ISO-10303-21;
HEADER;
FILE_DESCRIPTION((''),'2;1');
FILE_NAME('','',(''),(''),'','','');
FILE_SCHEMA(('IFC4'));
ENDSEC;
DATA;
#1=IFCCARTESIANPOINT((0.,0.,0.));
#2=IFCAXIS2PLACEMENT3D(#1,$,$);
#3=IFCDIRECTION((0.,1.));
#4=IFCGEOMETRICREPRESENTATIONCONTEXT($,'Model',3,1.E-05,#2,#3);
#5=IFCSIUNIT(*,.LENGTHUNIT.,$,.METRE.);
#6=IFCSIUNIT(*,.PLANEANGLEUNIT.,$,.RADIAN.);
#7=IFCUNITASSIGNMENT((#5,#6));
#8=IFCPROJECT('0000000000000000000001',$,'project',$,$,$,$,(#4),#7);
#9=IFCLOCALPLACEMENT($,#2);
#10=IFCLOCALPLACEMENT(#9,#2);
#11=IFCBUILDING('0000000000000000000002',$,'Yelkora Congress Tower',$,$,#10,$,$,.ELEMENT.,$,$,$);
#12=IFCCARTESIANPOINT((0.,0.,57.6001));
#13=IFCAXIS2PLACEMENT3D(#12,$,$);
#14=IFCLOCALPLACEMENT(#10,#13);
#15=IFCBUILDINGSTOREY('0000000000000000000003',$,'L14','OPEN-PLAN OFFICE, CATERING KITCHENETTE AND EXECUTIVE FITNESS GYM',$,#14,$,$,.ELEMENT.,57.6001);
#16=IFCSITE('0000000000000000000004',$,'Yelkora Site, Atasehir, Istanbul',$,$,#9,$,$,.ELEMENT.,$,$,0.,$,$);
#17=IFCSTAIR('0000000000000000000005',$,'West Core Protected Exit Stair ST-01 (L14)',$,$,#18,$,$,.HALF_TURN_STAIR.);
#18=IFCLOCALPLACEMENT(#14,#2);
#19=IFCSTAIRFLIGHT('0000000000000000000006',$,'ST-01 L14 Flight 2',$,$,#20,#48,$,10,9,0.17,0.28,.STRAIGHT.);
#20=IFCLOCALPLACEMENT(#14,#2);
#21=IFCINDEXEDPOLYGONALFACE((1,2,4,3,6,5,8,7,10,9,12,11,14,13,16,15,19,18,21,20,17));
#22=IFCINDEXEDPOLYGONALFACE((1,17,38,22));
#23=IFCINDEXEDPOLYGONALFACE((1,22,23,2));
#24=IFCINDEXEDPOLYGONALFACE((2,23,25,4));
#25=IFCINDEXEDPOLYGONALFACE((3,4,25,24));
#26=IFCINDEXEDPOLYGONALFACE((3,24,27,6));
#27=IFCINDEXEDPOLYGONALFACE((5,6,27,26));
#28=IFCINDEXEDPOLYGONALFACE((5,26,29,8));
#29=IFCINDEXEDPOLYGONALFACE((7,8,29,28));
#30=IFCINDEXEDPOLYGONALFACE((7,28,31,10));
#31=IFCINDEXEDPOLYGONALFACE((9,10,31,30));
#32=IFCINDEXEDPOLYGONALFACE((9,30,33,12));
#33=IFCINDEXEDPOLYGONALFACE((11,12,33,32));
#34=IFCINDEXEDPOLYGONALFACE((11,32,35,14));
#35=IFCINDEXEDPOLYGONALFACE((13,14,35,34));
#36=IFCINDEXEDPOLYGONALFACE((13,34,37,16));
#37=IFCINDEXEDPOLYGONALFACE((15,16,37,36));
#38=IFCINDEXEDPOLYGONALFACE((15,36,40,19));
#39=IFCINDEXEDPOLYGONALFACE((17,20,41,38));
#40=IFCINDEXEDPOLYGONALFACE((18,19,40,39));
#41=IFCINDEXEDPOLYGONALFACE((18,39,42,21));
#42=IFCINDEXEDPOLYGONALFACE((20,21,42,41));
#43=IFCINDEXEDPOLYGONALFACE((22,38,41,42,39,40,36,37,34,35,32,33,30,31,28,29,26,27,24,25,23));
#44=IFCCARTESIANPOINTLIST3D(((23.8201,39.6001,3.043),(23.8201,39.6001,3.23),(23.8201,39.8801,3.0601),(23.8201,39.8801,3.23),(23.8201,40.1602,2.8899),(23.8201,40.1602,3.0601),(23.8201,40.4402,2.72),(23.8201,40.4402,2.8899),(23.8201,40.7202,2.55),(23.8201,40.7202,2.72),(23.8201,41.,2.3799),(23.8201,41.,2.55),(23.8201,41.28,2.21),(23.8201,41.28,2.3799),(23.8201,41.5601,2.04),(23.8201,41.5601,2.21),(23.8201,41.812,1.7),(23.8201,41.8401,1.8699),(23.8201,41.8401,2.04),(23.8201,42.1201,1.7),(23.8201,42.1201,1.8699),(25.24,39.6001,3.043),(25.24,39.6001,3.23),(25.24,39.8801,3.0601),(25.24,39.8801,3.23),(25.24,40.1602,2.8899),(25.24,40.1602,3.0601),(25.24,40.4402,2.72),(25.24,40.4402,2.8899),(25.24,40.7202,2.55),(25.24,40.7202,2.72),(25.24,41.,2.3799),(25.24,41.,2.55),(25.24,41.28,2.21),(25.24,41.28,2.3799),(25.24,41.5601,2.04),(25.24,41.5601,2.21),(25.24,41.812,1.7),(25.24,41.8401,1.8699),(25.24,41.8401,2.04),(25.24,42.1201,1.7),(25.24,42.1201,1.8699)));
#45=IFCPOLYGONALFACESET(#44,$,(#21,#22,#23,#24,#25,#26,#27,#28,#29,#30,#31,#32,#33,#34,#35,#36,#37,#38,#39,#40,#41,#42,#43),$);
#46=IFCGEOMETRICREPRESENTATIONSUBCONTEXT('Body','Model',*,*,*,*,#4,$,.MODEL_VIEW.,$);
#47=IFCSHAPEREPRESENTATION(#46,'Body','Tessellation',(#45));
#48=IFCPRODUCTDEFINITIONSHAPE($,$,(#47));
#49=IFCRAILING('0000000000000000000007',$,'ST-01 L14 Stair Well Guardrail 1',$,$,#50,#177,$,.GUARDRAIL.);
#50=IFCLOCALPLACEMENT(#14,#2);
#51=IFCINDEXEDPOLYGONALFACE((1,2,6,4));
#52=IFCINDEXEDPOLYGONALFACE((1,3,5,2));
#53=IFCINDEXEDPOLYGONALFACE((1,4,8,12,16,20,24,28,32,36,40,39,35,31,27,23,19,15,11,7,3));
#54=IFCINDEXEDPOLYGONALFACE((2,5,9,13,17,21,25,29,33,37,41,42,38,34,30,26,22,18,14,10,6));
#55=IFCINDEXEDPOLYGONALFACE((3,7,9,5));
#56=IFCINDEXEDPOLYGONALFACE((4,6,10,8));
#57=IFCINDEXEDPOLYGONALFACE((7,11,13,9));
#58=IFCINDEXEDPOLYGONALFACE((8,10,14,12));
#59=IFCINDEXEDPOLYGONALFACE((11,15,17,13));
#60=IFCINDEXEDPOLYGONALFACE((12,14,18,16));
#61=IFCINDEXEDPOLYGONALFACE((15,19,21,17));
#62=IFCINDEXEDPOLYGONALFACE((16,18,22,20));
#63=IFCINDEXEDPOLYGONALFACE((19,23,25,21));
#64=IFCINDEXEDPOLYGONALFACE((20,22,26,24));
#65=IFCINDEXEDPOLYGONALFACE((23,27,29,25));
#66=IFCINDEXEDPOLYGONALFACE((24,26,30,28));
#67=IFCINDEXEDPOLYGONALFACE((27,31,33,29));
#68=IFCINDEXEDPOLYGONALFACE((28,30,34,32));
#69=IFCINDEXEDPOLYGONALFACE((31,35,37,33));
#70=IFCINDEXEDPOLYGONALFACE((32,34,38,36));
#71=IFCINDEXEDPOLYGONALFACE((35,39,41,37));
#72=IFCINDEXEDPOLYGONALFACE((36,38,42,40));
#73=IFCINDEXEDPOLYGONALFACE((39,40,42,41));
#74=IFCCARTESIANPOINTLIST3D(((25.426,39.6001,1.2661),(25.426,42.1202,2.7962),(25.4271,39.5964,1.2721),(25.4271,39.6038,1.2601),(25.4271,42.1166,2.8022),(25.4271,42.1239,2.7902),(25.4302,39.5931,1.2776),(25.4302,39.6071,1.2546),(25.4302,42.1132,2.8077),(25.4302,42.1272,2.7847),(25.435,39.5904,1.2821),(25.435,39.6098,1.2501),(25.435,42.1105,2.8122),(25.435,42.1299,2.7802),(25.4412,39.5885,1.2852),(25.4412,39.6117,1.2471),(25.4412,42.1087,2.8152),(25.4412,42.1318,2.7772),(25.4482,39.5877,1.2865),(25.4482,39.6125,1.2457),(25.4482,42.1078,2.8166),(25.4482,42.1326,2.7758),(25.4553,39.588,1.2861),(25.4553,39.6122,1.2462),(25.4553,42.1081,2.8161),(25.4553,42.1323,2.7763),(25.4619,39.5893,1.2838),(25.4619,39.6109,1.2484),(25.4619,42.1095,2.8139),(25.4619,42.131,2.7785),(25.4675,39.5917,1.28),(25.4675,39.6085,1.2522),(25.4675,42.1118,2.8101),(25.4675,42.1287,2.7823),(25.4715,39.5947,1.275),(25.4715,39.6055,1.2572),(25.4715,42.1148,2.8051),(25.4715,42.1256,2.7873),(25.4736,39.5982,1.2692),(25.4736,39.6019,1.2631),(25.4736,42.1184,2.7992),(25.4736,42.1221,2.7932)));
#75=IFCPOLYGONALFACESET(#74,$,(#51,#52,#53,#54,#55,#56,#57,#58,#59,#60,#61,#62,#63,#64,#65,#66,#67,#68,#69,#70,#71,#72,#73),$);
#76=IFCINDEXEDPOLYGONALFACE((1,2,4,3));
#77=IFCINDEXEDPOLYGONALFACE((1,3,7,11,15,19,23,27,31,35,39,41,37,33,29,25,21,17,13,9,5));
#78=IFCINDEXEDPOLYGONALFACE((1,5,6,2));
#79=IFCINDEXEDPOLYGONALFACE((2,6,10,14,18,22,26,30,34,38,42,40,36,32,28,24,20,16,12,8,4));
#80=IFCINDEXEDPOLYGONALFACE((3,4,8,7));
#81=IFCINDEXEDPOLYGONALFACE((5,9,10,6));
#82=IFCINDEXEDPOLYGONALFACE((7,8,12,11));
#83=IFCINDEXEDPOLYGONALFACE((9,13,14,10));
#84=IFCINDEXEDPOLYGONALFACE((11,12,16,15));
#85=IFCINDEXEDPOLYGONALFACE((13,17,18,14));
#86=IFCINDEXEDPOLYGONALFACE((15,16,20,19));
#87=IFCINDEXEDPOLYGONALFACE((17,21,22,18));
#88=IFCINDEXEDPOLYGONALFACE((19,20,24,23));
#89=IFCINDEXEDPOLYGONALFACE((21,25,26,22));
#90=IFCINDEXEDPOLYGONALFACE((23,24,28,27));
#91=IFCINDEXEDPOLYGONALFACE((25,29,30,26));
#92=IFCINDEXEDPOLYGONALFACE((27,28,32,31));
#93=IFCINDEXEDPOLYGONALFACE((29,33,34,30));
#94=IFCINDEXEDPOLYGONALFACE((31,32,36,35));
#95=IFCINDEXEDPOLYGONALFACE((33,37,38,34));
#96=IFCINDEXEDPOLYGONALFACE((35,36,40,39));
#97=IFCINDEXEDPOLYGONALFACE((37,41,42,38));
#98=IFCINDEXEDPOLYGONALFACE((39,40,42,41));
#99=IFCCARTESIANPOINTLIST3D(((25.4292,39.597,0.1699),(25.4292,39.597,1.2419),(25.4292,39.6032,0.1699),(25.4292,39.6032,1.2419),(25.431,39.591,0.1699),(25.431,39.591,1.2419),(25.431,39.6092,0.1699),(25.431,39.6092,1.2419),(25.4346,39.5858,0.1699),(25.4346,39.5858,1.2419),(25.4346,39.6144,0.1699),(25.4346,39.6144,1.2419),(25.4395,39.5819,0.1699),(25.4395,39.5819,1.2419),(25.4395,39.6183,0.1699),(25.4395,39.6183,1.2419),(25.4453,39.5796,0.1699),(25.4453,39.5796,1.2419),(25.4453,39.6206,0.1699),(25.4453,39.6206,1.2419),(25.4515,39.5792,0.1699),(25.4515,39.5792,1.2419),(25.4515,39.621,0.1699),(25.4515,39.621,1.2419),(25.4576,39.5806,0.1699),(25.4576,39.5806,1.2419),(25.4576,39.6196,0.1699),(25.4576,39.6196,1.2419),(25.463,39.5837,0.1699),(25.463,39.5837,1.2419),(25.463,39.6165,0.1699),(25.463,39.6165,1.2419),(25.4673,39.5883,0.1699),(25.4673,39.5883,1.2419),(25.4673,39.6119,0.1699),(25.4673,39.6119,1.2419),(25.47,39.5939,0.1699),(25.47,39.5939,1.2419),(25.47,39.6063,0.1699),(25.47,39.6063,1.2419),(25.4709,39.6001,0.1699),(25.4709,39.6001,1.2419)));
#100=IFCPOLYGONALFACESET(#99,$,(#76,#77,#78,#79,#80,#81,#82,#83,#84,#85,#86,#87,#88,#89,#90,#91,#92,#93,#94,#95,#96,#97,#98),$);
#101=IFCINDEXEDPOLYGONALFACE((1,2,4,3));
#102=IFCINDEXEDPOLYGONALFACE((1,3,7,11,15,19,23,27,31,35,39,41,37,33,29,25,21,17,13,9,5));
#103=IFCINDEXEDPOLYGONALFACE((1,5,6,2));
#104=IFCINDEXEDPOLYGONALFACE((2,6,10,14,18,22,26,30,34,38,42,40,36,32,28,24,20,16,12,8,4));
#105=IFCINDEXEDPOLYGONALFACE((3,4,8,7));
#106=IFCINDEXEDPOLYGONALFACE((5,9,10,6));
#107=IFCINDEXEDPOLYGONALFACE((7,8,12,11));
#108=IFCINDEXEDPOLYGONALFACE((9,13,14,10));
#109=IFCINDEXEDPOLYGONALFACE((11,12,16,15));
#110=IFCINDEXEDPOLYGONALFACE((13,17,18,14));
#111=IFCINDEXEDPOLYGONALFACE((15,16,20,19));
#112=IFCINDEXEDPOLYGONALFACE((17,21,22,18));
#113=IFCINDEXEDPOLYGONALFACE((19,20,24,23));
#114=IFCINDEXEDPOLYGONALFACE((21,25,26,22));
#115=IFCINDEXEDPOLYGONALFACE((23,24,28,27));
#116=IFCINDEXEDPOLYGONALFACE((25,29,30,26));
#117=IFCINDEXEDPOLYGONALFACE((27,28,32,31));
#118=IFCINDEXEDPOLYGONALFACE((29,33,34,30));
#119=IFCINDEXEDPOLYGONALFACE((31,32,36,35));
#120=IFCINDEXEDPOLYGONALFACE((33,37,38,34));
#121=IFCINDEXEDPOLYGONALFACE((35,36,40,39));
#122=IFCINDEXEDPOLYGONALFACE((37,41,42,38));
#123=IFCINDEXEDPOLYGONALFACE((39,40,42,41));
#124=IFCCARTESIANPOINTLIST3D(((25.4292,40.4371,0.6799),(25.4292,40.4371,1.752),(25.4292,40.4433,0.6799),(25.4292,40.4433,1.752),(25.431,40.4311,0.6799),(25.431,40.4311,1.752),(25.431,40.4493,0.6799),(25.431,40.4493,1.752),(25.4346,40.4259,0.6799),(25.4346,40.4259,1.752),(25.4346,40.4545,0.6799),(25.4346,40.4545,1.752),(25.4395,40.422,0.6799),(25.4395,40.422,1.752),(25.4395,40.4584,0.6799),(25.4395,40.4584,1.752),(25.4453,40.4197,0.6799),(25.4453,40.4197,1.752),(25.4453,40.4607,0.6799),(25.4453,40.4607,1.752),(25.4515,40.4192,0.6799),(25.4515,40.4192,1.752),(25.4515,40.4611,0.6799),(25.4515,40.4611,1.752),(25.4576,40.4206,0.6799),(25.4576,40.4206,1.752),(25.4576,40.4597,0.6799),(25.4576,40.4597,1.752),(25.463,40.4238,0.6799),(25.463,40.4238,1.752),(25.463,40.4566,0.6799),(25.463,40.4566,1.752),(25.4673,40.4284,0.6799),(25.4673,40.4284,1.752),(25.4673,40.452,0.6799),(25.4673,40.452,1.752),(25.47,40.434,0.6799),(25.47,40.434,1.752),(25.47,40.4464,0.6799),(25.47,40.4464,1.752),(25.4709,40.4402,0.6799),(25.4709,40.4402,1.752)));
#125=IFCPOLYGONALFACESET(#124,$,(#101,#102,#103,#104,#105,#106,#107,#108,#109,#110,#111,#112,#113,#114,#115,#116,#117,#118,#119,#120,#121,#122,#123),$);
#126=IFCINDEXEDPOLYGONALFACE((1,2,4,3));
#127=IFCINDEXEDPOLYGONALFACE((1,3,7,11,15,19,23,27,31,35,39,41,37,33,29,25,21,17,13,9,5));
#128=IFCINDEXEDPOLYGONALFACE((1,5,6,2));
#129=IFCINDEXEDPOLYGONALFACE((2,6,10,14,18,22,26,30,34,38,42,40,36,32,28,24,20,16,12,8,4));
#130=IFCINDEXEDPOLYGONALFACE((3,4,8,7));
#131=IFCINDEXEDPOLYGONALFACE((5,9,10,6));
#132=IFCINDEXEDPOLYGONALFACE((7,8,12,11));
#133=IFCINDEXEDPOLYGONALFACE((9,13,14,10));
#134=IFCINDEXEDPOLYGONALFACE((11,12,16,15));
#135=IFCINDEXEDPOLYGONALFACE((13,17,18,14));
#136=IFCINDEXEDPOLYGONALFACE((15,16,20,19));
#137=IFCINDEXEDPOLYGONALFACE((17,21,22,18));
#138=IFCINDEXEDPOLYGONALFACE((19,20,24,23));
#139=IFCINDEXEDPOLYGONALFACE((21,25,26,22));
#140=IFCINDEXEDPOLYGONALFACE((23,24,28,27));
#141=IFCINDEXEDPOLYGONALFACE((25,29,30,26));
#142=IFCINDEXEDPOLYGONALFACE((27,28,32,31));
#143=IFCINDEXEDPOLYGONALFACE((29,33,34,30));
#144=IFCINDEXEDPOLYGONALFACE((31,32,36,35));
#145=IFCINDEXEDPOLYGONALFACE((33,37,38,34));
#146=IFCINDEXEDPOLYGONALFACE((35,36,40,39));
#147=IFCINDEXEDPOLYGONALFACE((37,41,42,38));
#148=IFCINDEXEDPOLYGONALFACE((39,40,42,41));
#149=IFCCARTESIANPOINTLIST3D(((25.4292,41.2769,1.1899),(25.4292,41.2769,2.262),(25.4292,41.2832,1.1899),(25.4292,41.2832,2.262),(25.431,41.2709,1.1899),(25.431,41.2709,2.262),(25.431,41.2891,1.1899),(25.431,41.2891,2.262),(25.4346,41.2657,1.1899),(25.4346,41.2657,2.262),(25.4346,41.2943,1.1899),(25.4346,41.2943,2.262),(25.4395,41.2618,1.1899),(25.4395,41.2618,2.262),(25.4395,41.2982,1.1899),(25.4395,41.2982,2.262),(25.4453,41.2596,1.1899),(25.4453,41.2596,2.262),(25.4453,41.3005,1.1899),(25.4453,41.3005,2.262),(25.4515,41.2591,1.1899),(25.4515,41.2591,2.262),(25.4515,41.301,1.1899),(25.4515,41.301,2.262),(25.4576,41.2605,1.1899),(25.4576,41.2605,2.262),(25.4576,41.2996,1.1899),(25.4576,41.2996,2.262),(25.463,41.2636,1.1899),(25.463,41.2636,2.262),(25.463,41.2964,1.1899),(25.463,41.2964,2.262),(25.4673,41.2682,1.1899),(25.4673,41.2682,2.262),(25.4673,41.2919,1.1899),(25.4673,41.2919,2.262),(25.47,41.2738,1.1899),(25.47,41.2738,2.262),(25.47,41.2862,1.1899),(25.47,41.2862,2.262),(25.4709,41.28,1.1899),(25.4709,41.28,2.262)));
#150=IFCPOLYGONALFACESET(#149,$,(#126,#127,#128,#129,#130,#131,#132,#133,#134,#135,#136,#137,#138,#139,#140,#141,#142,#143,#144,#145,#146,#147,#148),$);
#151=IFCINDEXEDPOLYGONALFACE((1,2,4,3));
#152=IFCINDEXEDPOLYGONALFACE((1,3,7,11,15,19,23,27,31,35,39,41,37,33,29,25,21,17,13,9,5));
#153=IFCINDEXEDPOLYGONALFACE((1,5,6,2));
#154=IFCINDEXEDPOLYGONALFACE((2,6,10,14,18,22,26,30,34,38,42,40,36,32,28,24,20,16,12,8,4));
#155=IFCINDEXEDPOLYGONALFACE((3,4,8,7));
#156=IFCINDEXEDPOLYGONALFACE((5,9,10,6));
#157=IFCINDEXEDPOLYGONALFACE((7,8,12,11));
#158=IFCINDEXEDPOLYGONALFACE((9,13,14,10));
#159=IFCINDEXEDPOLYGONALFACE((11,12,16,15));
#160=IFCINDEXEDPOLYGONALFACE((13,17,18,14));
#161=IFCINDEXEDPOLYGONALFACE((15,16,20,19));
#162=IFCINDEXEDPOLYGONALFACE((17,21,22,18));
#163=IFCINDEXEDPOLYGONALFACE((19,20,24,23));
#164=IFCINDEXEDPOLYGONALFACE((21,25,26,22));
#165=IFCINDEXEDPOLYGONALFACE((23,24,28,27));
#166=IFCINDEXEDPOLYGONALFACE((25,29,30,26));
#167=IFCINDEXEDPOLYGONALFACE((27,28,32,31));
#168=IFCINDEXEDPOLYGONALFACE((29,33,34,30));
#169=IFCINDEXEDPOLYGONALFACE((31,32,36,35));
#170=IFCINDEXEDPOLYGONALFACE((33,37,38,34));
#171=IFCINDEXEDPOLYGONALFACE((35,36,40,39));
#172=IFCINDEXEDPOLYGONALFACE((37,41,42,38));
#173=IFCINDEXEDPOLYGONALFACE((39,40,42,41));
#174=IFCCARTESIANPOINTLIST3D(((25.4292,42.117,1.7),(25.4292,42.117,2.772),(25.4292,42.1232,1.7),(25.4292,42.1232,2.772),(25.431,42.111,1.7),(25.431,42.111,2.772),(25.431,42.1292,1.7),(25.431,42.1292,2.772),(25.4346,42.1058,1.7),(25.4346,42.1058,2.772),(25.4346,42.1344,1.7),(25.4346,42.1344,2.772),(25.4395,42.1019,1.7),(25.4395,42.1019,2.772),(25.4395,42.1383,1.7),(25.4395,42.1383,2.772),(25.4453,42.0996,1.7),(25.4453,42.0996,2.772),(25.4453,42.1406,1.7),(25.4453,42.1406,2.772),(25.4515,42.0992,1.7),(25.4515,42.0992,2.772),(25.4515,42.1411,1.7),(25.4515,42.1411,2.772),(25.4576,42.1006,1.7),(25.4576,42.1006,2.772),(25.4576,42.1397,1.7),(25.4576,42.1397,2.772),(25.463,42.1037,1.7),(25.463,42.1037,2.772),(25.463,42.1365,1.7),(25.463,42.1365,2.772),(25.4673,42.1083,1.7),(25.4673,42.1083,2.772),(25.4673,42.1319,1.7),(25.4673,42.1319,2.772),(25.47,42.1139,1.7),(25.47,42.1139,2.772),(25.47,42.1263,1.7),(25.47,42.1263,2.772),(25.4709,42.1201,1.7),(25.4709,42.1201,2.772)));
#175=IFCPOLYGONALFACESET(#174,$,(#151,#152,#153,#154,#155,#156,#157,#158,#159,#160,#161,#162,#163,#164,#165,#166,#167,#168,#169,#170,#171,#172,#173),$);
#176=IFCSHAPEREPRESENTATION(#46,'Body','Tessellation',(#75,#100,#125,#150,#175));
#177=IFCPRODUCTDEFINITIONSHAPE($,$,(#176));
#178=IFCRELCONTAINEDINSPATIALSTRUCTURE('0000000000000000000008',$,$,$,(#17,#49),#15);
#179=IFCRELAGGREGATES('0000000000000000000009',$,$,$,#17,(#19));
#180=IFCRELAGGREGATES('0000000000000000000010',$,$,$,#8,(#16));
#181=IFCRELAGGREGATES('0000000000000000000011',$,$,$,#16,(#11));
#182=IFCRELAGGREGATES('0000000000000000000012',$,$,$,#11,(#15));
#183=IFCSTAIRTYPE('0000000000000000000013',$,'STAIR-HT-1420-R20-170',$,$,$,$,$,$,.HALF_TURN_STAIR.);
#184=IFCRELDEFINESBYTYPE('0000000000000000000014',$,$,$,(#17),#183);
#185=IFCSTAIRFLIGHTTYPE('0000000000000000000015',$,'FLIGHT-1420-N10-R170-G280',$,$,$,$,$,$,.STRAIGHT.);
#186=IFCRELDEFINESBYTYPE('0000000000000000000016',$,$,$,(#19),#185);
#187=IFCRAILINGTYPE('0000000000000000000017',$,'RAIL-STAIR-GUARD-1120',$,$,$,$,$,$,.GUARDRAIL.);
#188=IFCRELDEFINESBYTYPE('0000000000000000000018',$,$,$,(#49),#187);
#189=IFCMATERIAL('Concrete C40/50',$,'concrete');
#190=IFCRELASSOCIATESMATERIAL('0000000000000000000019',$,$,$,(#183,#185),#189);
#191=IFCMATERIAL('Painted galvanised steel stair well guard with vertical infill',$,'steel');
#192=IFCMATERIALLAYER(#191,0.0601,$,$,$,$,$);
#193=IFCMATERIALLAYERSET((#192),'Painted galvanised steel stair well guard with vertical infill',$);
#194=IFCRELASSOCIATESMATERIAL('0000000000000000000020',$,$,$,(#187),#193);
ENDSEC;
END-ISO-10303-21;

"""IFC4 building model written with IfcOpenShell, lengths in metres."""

from ifc_helpers import new_model, si_unit, direction, frame, origin, origin_2d, place, context, subcontext, project, spatial, polyline, circle, outline, extrude, material, layer, layer_set, type_object, element, aggregate, save


model = new_model("IFC4")

# Units and contexts
model_context = context("Model", 3, precision=1e-05, world=origin(), true_north=direction((0.0, 1.0)))
body_context = subcontext(model_context, "Body", "Model", "MODEL_VIEW")
ifc_project = project(units=[si_unit("LENGTHUNIT", "METRE"), si_unit("PLANEANGLEUNIT", "RADIAN")], contexts=[model_context])

# Site, building, storey
site_placement = place(None, origin())
site = spatial("IfcSite", under=ifc_project, at=site_placement, Name="Yelkora Site, Atasehir, Istanbul", CompositionType="ELEMENT", RefElevation=0.0)
building_placement = place(site_placement, origin())
building = spatial("IfcBuilding", under=site, at=building_placement, Name="Yelkora Congress Tower", CompositionType="ELEMENT")
storey_placement = place(building_placement, frame((0.0, 0.0, 57.6001)))
storey = spatial("IfcBuildingStorey", under=building, at=storey_placement, Name="L14", Description="OPEN-PLAN OFFICE, CATERING KITCHENETTE AND EXECUTIVE FITNESS GYM", CompositionType="ELEMENT", Elevation=57.6001)

# Stair, stair flight
ifc_material_1 = material(Name="Concrete C40/50", Category="concrete")
stair_type = type_object("IfcStairType", Name="STAIR-HT-1420-R20-170", PredefinedType="HALF_TURN_STAIR", material=ifc_material_1)
stair_placement = place(storey_placement, origin())
stair = element("IfcStair", 1, at=stair_placement, inside=storey, type_object=stair_type, Name="West Core Protected Exit Stair ST-01 (L14)", PredefinedType="HALF_TURN_STAIR")
stair_flight_type = type_object("IfcStairFlightType", Name="FLIGHT-1420-N10-R170-G280", PredefinedType="STRAIGHT", material=ifc_material_1)
stair_flight_1_placement = place(storey_placement, frame((24.53, 42.1201, 1.7), z_axis=(0.0, 0.0, 1.0), x_axis=(0.0, -1.0, 0.0)))
stair_flight_1 = element("IfcStairFlight", 2, at=stair_flight_1_placement, type_object=stair_flight_type, Name="ST-01 L14 Flight 2", NumberOfRisers=10, NumberOfTreads=9, PredefinedType="STRAIGHT", RiserHeight=0.17, TreadLength=0.28, context=body_context, shape_type="SweptSolid", body=[
    extrude(outline(polyline([(0.0, 0.0), (0.0, 0.1699), (0.28, 0.1699), (0.28, 0.3401), (0.5601, 0.3401), (0.5601, 0.51), (0.8401, 0.51), (0.8401, 0.6799), (1.1201, 0.6799), (1.1201, 0.8501), (1.3999, 0.8501), (1.3999, 1.02), (1.6799, 1.02), (1.6799, 1.1899), (1.96, 1.1899), (1.96, 1.3601), (2.24, 1.3601), (2.24, 1.53), (2.52, 1.53), (2.52, 1.7), (2.52, 1.343), (0.3081, 0.0), (0.0, 0.0)])), frame((0.0, 0.71, 0.0), z_axis=(0.0, -1.0, 0.0), x_axis=(1.0, 0.0, 0.0)), (0.0, 0.0, 1.0), 1.4199),
])
aggregate(stair, [stair_flight_1])

# Railing
ifc_material_2 = material(Name="Painted galvanised steel stair well guard with vertical infill", Category="steel")
ifc_layer_1 = layer(ifc_material_2, 0.0601)
ifc_layer_set_1 = layer_set([ifc_layer_1], Name="Painted galvanised steel stair well guard with vertical infill")
railing_type_1 = type_object("IfcRailingType", Name="RAIL-STAIR-GUARD-1120", PredefinedType="GUARDRAIL", material=ifc_layer_set_1)
railing_1_placement = place(storey_placement, frame((25.45, 39.6001, 0.1699)))
element("IfcRailing", 3, at=railing_1_placement, inside=storey, type_object=railing_type_1, Name="ST-01 L14 Stair Well Guardrail 1", PredefinedType="GUARDRAIL", context=body_context, shape_type="SweptSolid", body=[
    extrude(circle(Radius=0.0239, at=origin_2d()), frame((0.0, 0.0, 1.0962), z_axis=(0.0, 0.854785, 0.518982), x_axis=(-1.0, 0.0, 0.0)), (0.0, 0.0, 1.0), 2.9482),
    extrude(circle(Radius=0.021, at=origin_2d()), origin(), (0.0, 0.0, 1.0), 1.072),
    extrude(circle(Radius=0.021, at=origin_2d()), frame((0.0, 0.8401, 0.51)), (0.0, 0.0, 1.0), 1.072),
    extrude(circle(Radius=0.021, at=origin_2d()), frame((0.0, 1.6799, 1.02)), (0.0, 0.0, 1.0), 1.072),
    extrude(circle(Radius=0.021, at=origin_2d()), frame((0.0, 2.52, 1.53)), (0.0, 0.0, 1.0), 1.072),
])

save(model, "model.ifc")
